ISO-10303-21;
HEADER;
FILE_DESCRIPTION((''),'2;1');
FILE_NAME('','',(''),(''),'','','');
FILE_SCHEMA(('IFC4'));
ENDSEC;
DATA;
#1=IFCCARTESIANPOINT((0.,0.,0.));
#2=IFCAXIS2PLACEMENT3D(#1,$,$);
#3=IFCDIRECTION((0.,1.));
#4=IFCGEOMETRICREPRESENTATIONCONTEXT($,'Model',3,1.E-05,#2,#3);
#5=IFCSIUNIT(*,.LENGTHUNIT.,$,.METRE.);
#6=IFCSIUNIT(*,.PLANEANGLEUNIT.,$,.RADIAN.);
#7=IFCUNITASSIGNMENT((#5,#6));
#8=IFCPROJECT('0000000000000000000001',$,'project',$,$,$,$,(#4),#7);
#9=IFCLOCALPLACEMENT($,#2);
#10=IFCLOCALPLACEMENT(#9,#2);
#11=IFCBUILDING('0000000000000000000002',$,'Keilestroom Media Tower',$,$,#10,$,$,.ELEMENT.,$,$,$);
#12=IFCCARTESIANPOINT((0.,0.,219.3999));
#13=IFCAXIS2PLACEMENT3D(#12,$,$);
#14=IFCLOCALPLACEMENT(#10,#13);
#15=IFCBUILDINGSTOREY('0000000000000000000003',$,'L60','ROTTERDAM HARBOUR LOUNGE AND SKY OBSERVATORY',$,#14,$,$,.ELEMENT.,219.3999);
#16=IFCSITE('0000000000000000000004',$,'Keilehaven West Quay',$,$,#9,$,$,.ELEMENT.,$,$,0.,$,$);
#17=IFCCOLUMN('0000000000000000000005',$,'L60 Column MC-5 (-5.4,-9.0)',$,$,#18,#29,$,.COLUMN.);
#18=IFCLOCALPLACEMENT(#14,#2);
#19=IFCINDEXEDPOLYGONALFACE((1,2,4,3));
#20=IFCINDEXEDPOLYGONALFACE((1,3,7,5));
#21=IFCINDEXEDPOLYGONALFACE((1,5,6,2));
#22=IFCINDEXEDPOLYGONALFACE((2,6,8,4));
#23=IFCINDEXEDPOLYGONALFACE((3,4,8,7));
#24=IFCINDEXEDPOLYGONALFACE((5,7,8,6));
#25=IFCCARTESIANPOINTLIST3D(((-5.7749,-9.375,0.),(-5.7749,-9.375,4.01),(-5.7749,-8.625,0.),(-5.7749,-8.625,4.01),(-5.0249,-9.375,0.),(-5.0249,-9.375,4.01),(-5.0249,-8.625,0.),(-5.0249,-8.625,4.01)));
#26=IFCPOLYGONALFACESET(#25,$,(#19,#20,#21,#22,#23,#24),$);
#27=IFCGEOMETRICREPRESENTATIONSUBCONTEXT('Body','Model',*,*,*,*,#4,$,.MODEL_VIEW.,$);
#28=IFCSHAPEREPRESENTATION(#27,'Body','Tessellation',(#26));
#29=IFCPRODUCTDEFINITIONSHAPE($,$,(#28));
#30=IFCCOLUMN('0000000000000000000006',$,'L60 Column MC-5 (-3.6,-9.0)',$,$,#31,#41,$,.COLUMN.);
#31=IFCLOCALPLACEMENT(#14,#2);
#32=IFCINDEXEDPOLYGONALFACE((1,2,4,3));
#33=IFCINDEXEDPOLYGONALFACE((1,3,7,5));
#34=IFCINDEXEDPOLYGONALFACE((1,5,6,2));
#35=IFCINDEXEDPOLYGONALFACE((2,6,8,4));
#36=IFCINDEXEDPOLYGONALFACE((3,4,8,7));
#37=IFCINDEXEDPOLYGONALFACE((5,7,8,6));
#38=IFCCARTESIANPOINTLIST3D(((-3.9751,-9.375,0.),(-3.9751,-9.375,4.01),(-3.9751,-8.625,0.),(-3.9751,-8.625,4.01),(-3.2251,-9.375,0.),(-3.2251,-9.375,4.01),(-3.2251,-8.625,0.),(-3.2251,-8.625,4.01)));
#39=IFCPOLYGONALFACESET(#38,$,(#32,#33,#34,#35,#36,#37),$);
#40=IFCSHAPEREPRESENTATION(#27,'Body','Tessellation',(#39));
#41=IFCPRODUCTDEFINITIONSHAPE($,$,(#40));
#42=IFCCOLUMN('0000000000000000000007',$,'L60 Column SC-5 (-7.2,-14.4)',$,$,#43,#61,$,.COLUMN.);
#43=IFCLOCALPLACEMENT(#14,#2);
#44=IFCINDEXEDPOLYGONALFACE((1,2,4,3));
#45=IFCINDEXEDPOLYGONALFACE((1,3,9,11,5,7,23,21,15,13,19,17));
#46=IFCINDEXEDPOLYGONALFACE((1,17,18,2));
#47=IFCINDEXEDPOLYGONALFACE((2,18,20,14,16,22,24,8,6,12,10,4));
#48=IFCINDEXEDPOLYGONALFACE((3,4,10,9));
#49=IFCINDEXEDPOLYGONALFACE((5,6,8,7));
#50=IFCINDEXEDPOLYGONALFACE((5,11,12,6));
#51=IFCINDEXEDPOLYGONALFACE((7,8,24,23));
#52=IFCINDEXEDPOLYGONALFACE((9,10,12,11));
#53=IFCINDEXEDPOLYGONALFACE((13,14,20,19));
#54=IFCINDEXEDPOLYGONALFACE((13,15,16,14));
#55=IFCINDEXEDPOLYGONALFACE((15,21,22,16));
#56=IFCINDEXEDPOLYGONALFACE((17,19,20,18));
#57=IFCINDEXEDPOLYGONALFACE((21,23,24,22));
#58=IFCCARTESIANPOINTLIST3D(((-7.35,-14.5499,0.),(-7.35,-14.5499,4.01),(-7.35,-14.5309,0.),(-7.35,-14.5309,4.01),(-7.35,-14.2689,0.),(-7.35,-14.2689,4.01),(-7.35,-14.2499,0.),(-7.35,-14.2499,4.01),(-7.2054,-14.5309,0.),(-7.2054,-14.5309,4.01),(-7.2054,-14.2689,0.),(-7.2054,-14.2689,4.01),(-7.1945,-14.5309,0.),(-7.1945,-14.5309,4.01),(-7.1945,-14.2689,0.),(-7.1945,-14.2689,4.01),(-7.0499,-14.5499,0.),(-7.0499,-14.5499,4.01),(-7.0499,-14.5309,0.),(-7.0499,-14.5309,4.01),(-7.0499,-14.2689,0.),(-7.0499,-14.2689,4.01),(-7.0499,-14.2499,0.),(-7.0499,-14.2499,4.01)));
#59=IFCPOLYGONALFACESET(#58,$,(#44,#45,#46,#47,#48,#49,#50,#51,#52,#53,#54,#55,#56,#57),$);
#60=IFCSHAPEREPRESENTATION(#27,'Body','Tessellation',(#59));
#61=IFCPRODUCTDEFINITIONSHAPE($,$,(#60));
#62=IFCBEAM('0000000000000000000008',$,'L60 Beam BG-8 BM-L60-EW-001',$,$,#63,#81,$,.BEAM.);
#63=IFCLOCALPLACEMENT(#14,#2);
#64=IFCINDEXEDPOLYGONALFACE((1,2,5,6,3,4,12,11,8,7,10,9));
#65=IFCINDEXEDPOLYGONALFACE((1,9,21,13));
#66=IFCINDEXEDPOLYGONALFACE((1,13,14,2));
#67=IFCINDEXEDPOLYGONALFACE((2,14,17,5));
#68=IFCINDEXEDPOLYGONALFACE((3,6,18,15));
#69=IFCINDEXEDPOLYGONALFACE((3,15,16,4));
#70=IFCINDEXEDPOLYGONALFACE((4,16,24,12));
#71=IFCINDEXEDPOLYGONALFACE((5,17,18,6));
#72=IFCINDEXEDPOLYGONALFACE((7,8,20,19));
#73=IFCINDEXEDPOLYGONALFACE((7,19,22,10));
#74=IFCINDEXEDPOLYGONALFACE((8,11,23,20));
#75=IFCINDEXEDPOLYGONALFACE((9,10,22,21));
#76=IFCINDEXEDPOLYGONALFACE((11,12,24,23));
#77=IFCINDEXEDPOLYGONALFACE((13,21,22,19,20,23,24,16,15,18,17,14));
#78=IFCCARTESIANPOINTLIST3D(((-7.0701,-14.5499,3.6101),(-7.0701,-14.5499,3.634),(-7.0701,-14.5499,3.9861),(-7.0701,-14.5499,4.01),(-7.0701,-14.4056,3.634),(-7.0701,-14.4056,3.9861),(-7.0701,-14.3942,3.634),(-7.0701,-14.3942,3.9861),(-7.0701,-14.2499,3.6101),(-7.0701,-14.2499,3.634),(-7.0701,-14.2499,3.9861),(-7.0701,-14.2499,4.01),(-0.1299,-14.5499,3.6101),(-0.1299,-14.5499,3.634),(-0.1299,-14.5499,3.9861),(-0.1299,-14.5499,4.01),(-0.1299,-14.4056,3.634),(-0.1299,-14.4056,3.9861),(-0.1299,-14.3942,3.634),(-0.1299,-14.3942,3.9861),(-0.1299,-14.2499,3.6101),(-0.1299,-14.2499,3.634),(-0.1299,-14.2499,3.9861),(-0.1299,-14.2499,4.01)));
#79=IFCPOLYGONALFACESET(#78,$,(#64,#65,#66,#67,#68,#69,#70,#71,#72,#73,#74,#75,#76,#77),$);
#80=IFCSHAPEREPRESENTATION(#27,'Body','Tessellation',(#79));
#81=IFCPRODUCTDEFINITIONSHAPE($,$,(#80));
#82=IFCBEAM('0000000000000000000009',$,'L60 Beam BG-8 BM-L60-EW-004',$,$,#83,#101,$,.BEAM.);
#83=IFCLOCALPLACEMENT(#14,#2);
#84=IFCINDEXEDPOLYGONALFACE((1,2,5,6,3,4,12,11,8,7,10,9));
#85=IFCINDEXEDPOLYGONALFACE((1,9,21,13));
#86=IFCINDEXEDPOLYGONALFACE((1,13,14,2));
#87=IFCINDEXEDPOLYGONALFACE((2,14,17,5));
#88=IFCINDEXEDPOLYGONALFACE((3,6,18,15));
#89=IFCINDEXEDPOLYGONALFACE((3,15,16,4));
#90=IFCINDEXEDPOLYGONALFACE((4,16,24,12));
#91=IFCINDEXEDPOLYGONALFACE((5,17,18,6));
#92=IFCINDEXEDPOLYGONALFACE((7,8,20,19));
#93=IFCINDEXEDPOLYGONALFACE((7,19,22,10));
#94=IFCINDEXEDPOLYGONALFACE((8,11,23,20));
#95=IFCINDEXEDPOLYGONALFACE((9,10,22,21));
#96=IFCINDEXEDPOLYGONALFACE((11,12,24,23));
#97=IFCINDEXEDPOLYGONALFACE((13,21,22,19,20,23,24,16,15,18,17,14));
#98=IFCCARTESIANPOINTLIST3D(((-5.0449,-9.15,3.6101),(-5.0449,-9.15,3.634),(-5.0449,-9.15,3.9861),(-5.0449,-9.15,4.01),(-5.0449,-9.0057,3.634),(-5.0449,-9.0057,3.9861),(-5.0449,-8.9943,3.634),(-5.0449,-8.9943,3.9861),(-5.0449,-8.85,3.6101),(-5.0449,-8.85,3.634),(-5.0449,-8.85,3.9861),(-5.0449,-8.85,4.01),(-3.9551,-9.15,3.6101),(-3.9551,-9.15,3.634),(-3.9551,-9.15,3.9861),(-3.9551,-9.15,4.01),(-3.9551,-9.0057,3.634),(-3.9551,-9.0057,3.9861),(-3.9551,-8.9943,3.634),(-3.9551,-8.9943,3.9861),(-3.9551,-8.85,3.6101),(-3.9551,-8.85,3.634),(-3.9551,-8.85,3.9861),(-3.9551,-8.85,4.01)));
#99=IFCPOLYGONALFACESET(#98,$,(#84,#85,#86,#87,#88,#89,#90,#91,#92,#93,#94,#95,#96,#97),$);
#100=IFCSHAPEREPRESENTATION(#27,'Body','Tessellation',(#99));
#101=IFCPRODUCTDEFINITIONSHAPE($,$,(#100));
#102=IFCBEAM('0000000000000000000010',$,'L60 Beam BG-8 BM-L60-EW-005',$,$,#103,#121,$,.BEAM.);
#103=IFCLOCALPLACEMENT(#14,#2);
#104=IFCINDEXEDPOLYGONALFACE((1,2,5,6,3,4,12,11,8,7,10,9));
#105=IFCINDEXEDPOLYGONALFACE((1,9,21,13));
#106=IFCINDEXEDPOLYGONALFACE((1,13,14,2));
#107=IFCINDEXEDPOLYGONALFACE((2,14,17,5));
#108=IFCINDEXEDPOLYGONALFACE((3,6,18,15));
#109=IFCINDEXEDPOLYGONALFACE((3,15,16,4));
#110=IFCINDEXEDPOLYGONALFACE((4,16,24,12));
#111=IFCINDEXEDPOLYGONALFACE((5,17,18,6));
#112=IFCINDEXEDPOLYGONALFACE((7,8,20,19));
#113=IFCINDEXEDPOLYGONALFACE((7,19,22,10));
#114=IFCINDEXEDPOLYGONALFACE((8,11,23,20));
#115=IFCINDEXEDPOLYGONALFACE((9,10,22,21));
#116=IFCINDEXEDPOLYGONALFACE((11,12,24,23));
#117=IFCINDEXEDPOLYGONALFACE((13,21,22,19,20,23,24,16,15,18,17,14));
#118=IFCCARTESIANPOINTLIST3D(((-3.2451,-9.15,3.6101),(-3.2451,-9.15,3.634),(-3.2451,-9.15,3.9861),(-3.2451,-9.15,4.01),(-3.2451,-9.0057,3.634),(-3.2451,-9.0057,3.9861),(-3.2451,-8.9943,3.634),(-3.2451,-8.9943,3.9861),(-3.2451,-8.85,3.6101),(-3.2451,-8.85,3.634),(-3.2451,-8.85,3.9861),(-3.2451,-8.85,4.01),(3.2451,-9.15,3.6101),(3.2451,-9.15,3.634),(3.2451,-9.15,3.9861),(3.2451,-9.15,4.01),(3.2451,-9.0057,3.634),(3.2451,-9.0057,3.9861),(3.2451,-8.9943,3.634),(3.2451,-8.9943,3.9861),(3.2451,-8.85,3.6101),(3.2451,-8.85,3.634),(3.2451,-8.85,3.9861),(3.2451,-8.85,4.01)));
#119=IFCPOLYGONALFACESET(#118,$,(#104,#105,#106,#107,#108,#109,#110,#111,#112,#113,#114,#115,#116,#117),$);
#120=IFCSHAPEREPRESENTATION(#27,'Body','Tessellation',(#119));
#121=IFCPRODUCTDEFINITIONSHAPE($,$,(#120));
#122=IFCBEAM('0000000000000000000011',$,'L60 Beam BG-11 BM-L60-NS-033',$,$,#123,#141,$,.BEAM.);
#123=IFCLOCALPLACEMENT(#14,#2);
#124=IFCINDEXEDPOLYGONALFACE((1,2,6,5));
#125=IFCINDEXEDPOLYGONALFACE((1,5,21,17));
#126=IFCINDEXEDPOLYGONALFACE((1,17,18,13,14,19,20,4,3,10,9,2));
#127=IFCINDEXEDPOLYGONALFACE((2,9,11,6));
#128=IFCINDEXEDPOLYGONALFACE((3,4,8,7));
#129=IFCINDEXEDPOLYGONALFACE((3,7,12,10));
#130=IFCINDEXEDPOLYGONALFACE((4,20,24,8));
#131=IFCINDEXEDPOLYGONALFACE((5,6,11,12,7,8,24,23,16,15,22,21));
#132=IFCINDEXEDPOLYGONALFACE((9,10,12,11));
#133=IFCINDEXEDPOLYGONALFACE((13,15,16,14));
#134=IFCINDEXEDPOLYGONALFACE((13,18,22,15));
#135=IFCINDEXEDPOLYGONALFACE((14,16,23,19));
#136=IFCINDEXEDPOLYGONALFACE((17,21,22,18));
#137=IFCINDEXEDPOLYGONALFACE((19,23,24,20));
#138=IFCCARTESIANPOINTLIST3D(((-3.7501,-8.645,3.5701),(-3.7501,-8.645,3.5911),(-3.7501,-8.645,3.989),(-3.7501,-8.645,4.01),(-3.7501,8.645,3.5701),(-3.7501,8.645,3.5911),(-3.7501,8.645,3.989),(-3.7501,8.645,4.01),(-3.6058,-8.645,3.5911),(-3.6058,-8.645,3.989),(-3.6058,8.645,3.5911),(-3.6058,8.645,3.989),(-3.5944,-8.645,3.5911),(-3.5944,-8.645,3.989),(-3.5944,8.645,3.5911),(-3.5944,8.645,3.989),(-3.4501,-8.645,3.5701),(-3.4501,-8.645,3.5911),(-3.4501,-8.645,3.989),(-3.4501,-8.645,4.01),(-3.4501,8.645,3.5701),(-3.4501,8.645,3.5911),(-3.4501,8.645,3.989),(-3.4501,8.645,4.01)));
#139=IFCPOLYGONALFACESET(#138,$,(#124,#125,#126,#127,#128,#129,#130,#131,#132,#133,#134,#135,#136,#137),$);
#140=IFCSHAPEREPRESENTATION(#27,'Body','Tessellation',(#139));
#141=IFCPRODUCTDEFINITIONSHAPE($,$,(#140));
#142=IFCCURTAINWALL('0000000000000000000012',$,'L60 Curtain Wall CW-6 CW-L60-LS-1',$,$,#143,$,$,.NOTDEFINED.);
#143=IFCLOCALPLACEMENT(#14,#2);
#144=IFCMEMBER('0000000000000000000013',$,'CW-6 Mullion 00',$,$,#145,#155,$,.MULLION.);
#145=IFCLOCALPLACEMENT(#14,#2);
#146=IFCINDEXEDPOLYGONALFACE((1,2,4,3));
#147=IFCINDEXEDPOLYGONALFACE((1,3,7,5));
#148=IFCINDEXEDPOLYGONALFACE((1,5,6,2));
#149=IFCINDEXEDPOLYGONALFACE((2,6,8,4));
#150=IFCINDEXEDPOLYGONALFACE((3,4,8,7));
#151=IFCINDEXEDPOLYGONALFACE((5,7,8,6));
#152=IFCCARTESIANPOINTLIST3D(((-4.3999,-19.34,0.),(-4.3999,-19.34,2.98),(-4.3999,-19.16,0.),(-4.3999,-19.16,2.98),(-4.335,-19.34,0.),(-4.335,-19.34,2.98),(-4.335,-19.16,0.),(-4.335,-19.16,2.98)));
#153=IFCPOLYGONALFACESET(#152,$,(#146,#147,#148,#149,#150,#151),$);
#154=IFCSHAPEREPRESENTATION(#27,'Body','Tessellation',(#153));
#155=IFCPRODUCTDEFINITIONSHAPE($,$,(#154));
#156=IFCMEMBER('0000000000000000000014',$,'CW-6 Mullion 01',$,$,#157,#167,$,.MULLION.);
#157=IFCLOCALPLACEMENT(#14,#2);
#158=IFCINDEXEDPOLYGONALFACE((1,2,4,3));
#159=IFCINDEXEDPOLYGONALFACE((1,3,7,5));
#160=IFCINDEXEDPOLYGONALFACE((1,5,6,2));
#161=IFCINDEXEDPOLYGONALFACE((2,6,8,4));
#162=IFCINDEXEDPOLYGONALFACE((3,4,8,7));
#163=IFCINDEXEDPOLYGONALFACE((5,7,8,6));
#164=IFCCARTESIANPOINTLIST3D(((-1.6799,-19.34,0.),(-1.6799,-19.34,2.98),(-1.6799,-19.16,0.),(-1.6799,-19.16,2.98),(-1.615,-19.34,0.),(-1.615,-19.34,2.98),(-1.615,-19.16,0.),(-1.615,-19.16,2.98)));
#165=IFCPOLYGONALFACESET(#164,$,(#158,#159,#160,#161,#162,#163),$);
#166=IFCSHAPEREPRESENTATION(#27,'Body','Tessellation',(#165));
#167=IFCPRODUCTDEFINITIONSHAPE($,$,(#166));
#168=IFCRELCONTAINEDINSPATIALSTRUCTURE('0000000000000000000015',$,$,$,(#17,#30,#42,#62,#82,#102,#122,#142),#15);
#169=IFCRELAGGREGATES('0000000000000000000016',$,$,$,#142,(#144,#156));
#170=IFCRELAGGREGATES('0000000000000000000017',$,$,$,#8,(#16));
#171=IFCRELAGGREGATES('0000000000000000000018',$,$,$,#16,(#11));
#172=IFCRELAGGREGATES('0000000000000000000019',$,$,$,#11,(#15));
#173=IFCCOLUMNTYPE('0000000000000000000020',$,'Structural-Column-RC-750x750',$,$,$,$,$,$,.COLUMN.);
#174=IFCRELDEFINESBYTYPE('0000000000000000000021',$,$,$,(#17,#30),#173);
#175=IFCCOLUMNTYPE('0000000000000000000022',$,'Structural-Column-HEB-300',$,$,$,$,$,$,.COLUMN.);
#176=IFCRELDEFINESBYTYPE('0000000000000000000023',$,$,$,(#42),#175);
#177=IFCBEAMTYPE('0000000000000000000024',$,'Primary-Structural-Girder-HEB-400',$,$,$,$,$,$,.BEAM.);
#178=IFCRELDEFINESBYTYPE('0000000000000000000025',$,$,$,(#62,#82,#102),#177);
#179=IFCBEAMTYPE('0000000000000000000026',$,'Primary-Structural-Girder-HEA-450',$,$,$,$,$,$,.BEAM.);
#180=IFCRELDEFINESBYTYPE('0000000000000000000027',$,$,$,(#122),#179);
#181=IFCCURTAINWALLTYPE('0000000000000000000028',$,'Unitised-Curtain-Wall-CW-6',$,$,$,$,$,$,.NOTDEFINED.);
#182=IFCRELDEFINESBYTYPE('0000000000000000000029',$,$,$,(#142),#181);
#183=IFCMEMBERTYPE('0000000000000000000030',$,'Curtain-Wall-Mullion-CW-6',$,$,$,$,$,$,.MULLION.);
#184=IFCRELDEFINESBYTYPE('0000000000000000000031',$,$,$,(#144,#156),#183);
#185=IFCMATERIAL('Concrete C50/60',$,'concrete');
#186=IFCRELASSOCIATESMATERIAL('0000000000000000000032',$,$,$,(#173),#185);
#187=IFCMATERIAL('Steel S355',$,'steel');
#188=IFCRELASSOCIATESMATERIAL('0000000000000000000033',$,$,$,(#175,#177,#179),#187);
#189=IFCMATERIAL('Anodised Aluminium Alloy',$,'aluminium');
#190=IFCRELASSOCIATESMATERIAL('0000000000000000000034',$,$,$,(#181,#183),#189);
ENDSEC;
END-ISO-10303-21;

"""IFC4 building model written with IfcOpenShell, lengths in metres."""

from ifc_helpers import new_model, si_unit, direction, frame, origin, origin_2d, place, context, subcontext, project, spatial, rectangle, i_section, extrude, source, transform, mapped, material, material_profile, profile_set, type_object, element, aggregate, save


model = new_model("IFC4")

# Units and contexts
model_context = context("Model", 3, precision=1e-05, world=origin(), true_north=direction((0.0, 1.0)))
body_context = subcontext(model_context, "Body", "Model", "MODEL_VIEW")
ifc_project = project(units=[si_unit("LENGTHUNIT", "METRE"), si_unit("PLANEANGLEUNIT", "RADIAN")], contexts=[model_context])

# Site, building, storey
site_placement = place(None, origin())
site = spatial("IfcSite", under=ifc_project, at=site_placement, Name="Keilehaven West Quay", CompositionType="ELEMENT", RefElevation=0.0)
building_placement = place(site_placement, origin())
building = spatial("IfcBuilding", under=site, at=building_placement, Name="Keilestroom Media Tower", CompositionType="ELEMENT")
storey_placement = place(building_placement, frame((0.0, 0.0, 219.3999)))
storey = spatial("IfcBuildingStorey", under=building, at=storey_placement, Name="L60", Description="ROTTERDAM HARBOUR LOUNGE AND SKY OBSERVATORY", CompositionType="ELEMENT", Elevation=219.3999)

# Columns
ifc_material_1 = material(Name="Concrete C50/60", Category="concrete")
ifc_material_profile_1 = material_profile(ifc_material_1, rectangle(XDim=0.75, YDim=0.75, at=origin_2d()), Name="RC 750x750")
ifc_profile_set_1 = profile_set([ifc_material_profile_1], Name="Concrete C50/60")
column_type_1 = type_object("IfcColumnType", Name="Structural-Column-RC-750x750", PredefinedType="COLUMN", material=ifc_profile_set_1)
shared_shape_1 = source(origin(), body_context, "Body", "SweptSolid", [
    extrude(rectangle(XDim=0.75, YDim=0.75, at=origin_2d()), origin(), (0.0, 0.0, 1.0), 4.01),
])
for number, where, z_axis, x_axis, name in (
    (1, (-5.3999, -9.0, 0.0), (0.0, 0.0, 1.0), (1.0, 0.0, 0.0), "L60 Column MC-5 (-5.4,-9.0)"),
    (2, (-3.6001, -9.0, 0.0), (0.0, 0.0, 1.0), (1.0, 0.0, 0.0), "L60 Column MC-5 (-3.6,-9.0)"),
):
    element("IfcColumn", number, at=place(storey_placement, frame(where, z_axis=z_axis, x_axis=x_axis)), inside=storey, type_object=column_type_1, Name=name, PredefinedType="COLUMN", context=body_context, shape_type="MappedRepresentation", body=[
        mapped(shared_shape_1, transform((0.0, 0.0, 0.0), x_axis=(1.0, 0.0, 0.0), y_axis=(0.0, 1.0, 0.0), z_axis=(0.0, 0.0, 1.0), scale=1.0)),
    ])
ifc_material_2 = material(Name="Steel S355", Category="steel")
ifc_material_profile_2 = material_profile(ifc_material_2, i_section(OverallWidth=0.3, OverallDepth=0.3, WebThickness=0.011, FlangeThickness=0.019, at=origin_2d()), Name="HEB 300")
ifc_profile_set_2 = profile_set([ifc_material_profile_2], Name="Steel S355")
column_type_2 = type_object("IfcColumnType", Name="Structural-Column-HEB-300", PredefinedType="COLUMN", material=ifc_profile_set_2)
shared_shape_2 = source(origin(), body_context, "Body", "SweptSolid", [
    extrude(i_section(OverallWidth=0.3, OverallDepth=0.3, WebThickness=0.011, FlangeThickness=0.019, at=origin_2d()), origin(), (0.0, 0.0, 1.0), 4.01),
])
column_placement = place(storey_placement, frame((-7.2, -14.3999, 0.0), z_axis=(0.0, 0.0, 1.0), x_axis=(1.0, 0.0, 0.0)))
element("IfcColumn", 3, at=column_placement, inside=storey, type_object=column_type_2, Name="L60 Column SC-5 (-7.2,-14.4)", PredefinedType="COLUMN", context=body_context, shape_type="MappedRepresentation", body=[
    mapped(shared_shape_2, transform((0.0, 0.0, 0.0), x_axis=(1.0, 0.0, 0.0), y_axis=(0.0, 1.0, 0.0), z_axis=(0.0, 0.0, 1.0), scale=1.0)),
])

# Beams
ifc_material_profile_3 = material_profile(ifc_material_2, i_section(OverallWidth=0.3, OverallDepth=0.3999, WebThickness=0.0115, FlangeThickness=0.0239, at=origin_2d()), Name="HEB 400")
ifc_profile_set_3 = profile_set([ifc_material_profile_3], Name="Steel S355")
beam_type_1 = type_object("IfcBeamType", Name="Primary-Structural-Girder-HEB-400", PredefinedType="BEAM", material=ifc_profile_set_3)
shared_shape_3 = source(origin(), body_context, "Body", "SweptSolid", [
    extrude(i_section(OverallWidth=0.3, OverallDepth=0.3999, WebThickness=0.0115, FlangeThickness=0.0239, at=origin_2d()), origin(), (0.0, 0.0, 1.0), 6.9402),
])
beam_1_placement = place(storey_placement, frame((-7.0701, -14.3999, 3.8101), z_axis=(1.0, 0.0, 0.0), x_axis=(0.0, 1.0, 0.0)))
element("IfcBeam", 4, at=beam_1_placement, inside=storey, type_object=beam_type_1, Name="L60 Beam BG-8 BM-L60-EW-001", PredefinedType="BEAM", context=body_context, shape_type="MappedRepresentation", body=[
    mapped(shared_shape_3, transform((0.0, 0.0, 0.0), x_axis=(1.0, 0.0, 0.0), y_axis=(0.0, 1.0, 0.0), z_axis=(0.0, 0.0, 1.0), scale=1.0)),
])
shared_shape_4 = source(origin(), body_context, "Body", "SweptSolid", [
    extrude(i_section(OverallWidth=0.3, OverallDepth=0.3999, WebThickness=0.0115, FlangeThickness=0.0239, at=origin_2d()), origin(), (0.0, 0.0, 1.0), 1.0898),
])
beam_2_placement = place(storey_placement, frame((-5.0449, -9.0, 3.8101), z_axis=(1.0, 0.0, 0.0), x_axis=(0.0, 1.0, 0.0)))
element("IfcBeam", 5, at=beam_2_placement, inside=storey, type_object=beam_type_1, Name="L60 Beam BG-8 BM-L60-EW-004", PredefinedType="BEAM", context=body_context, shape_type="MappedRepresentation", body=[
    mapped(shared_shape_4, transform((0.0, 0.0, 0.0), x_axis=(1.0, 0.0, 0.0), y_axis=(0.0, 1.0, 0.0), z_axis=(0.0, 0.0, 1.0), scale=1.0)),
])
shared_shape_5 = source(origin(), body_context, "Body", "SweptSolid", [
    extrude(i_section(OverallWidth=0.3, OverallDepth=0.3999, WebThickness=0.0115, FlangeThickness=0.0239, at=origin_2d()), origin(), (0.0, 0.0, 1.0), 6.4902),
])
beam_3_placement = place(storey_placement, frame((-3.2451, -9.0, 3.8101), z_axis=(1.0, 0.0, 0.0), x_axis=(0.0, 1.0, 0.0)))
element("IfcBeam", 6, at=beam_3_placement, inside=storey, type_object=beam_type_1, Name="L60 Beam BG-8 BM-L60-EW-005", PredefinedType="BEAM", context=body_context, shape_type="MappedRepresentation", body=[
    mapped(shared_shape_5, transform((0.0, 0.0, 0.0), x_axis=(1.0, 0.0, 0.0), y_axis=(0.0, 1.0, 0.0), z_axis=(0.0, 0.0, 1.0), scale=1.0)),
])
ifc_material_profile_4 = material_profile(ifc_material_2, i_section(OverallWidth=0.3, OverallDepth=0.4399, WebThickness=0.0115, FlangeThickness=0.021, at=origin_2d()), Name="HEA 450")
ifc_profile_set_4 = profile_set([ifc_material_profile_4], Name="Steel S355")
beam_type_2 = type_object("IfcBeamType", Name="Primary-Structural-Girder-HEA-450", PredefinedType="BEAM", material=ifc_profile_set_4)
shared_shape_6 = source(origin(), body_context, "Body", "SweptSolid", [
    extrude(i_section(OverallWidth=0.3, OverallDepth=0.4399, WebThickness=0.0115, FlangeThickness=0.021, at=origin_2d()), origin(), (0.0, 0.0, 1.0), 17.29),
])
beam_4_placement = place(storey_placement, frame((-3.6001, -8.645, 3.79), z_axis=(0.0, 1.0, 0.0), x_axis=(-1.0, 0.0, 0.0)))
element("IfcBeam", 7, at=beam_4_placement, inside=storey, type_object=beam_type_2, Name="L60 Beam BG-11 BM-L60-NS-033", PredefinedType="BEAM", context=body_context, shape_type="MappedRepresentation", body=[
    mapped(shared_shape_6, transform((0.0, 0.0, 0.0), x_axis=(1.0, 0.0, 0.0), y_axis=(0.0, 1.0, 0.0), z_axis=(0.0, 0.0, 1.0), scale=1.0)),
])

# Curtain wall, members
ifc_material_3 = material(Name="Anodised Aluminium Alloy", Category="aluminium")
curtain_wall_type = type_object("IfcCurtainWallType", Name="Unitised-Curtain-Wall-CW-6", PredefinedType="NOTDEFINED", material=ifc_material_3)
curtain_wall_placement = place(storey_placement, origin())
curtain_wall = element("IfcCurtainWall", 8, at=curtain_wall_placement, inside=storey, type_object=curtain_wall_type, Name="L60 Curtain Wall CW-6 CW-L60-LS-1", PredefinedType="NOTDEFINED")
ifc_material_profile_5 = material_profile(ifc_material_3, rectangle(XDim=0.0649, YDim=0.1799, at=origin_2d()), Name="ALU MULLION 65x180")
ifc_profile_set_5 = profile_set([ifc_material_profile_5], Name="Anodised Aluminium Alloy")
member_type_1 = type_object("IfcMemberType", Name="Curtain-Wall-Mullion-CW-6", PredefinedType="MULLION", material=ifc_profile_set_5)
shared_shape_7 = source(origin(), body_context, "Body", "SweptSolid", [
    extrude(rectangle(XDim=0.0649, YDim=0.1799, at=origin_2d()), origin(), (0.0, 0.0, 1.0), 2.98),
])
member_1_placement = place(storey_placement, frame((-4.3674, -19.25, 0.0), z_axis=(0.0, 0.0, 1.0), x_axis=(1.0, 0.0, 0.0)))
member_1 = element("IfcMember", 9, at=member_1_placement, type_object=member_type_1, Name="CW-6 Mullion 00", PredefinedType="MULLION", context=body_context, shape_type="MappedRepresentation", body=[
    mapped(shared_shape_7, transform((0.0, 0.0, 0.0), x_axis=(1.0, 0.0, 0.0), y_axis=(0.0, 1.0, 0.0), z_axis=(0.0, 0.0, 1.0), scale=1.0)),
])
member_2_placement = place(storey_placement, frame((-1.6475, -19.25, 0.0), z_axis=(0.0, 0.0, 1.0), x_axis=(1.0, 0.0, 0.0)))
member_2 = element("IfcMember", 10, at=member_2_placement, type_object=member_type_1, Name="CW-6 Mullion 01", PredefinedType="MULLION", context=body_context, shape_type="MappedRepresentation", body=[
    mapped(shared_shape_7, transform((0.0, 0.0, 0.0), x_axis=(1.0, 0.0, 0.0), y_axis=(0.0, 1.0, 0.0), z_axis=(0.0, 0.0, 1.0), scale=1.0)),
])
aggregate(curtain_wall, [member_1, member_2])

save(model, "model.ifc")
